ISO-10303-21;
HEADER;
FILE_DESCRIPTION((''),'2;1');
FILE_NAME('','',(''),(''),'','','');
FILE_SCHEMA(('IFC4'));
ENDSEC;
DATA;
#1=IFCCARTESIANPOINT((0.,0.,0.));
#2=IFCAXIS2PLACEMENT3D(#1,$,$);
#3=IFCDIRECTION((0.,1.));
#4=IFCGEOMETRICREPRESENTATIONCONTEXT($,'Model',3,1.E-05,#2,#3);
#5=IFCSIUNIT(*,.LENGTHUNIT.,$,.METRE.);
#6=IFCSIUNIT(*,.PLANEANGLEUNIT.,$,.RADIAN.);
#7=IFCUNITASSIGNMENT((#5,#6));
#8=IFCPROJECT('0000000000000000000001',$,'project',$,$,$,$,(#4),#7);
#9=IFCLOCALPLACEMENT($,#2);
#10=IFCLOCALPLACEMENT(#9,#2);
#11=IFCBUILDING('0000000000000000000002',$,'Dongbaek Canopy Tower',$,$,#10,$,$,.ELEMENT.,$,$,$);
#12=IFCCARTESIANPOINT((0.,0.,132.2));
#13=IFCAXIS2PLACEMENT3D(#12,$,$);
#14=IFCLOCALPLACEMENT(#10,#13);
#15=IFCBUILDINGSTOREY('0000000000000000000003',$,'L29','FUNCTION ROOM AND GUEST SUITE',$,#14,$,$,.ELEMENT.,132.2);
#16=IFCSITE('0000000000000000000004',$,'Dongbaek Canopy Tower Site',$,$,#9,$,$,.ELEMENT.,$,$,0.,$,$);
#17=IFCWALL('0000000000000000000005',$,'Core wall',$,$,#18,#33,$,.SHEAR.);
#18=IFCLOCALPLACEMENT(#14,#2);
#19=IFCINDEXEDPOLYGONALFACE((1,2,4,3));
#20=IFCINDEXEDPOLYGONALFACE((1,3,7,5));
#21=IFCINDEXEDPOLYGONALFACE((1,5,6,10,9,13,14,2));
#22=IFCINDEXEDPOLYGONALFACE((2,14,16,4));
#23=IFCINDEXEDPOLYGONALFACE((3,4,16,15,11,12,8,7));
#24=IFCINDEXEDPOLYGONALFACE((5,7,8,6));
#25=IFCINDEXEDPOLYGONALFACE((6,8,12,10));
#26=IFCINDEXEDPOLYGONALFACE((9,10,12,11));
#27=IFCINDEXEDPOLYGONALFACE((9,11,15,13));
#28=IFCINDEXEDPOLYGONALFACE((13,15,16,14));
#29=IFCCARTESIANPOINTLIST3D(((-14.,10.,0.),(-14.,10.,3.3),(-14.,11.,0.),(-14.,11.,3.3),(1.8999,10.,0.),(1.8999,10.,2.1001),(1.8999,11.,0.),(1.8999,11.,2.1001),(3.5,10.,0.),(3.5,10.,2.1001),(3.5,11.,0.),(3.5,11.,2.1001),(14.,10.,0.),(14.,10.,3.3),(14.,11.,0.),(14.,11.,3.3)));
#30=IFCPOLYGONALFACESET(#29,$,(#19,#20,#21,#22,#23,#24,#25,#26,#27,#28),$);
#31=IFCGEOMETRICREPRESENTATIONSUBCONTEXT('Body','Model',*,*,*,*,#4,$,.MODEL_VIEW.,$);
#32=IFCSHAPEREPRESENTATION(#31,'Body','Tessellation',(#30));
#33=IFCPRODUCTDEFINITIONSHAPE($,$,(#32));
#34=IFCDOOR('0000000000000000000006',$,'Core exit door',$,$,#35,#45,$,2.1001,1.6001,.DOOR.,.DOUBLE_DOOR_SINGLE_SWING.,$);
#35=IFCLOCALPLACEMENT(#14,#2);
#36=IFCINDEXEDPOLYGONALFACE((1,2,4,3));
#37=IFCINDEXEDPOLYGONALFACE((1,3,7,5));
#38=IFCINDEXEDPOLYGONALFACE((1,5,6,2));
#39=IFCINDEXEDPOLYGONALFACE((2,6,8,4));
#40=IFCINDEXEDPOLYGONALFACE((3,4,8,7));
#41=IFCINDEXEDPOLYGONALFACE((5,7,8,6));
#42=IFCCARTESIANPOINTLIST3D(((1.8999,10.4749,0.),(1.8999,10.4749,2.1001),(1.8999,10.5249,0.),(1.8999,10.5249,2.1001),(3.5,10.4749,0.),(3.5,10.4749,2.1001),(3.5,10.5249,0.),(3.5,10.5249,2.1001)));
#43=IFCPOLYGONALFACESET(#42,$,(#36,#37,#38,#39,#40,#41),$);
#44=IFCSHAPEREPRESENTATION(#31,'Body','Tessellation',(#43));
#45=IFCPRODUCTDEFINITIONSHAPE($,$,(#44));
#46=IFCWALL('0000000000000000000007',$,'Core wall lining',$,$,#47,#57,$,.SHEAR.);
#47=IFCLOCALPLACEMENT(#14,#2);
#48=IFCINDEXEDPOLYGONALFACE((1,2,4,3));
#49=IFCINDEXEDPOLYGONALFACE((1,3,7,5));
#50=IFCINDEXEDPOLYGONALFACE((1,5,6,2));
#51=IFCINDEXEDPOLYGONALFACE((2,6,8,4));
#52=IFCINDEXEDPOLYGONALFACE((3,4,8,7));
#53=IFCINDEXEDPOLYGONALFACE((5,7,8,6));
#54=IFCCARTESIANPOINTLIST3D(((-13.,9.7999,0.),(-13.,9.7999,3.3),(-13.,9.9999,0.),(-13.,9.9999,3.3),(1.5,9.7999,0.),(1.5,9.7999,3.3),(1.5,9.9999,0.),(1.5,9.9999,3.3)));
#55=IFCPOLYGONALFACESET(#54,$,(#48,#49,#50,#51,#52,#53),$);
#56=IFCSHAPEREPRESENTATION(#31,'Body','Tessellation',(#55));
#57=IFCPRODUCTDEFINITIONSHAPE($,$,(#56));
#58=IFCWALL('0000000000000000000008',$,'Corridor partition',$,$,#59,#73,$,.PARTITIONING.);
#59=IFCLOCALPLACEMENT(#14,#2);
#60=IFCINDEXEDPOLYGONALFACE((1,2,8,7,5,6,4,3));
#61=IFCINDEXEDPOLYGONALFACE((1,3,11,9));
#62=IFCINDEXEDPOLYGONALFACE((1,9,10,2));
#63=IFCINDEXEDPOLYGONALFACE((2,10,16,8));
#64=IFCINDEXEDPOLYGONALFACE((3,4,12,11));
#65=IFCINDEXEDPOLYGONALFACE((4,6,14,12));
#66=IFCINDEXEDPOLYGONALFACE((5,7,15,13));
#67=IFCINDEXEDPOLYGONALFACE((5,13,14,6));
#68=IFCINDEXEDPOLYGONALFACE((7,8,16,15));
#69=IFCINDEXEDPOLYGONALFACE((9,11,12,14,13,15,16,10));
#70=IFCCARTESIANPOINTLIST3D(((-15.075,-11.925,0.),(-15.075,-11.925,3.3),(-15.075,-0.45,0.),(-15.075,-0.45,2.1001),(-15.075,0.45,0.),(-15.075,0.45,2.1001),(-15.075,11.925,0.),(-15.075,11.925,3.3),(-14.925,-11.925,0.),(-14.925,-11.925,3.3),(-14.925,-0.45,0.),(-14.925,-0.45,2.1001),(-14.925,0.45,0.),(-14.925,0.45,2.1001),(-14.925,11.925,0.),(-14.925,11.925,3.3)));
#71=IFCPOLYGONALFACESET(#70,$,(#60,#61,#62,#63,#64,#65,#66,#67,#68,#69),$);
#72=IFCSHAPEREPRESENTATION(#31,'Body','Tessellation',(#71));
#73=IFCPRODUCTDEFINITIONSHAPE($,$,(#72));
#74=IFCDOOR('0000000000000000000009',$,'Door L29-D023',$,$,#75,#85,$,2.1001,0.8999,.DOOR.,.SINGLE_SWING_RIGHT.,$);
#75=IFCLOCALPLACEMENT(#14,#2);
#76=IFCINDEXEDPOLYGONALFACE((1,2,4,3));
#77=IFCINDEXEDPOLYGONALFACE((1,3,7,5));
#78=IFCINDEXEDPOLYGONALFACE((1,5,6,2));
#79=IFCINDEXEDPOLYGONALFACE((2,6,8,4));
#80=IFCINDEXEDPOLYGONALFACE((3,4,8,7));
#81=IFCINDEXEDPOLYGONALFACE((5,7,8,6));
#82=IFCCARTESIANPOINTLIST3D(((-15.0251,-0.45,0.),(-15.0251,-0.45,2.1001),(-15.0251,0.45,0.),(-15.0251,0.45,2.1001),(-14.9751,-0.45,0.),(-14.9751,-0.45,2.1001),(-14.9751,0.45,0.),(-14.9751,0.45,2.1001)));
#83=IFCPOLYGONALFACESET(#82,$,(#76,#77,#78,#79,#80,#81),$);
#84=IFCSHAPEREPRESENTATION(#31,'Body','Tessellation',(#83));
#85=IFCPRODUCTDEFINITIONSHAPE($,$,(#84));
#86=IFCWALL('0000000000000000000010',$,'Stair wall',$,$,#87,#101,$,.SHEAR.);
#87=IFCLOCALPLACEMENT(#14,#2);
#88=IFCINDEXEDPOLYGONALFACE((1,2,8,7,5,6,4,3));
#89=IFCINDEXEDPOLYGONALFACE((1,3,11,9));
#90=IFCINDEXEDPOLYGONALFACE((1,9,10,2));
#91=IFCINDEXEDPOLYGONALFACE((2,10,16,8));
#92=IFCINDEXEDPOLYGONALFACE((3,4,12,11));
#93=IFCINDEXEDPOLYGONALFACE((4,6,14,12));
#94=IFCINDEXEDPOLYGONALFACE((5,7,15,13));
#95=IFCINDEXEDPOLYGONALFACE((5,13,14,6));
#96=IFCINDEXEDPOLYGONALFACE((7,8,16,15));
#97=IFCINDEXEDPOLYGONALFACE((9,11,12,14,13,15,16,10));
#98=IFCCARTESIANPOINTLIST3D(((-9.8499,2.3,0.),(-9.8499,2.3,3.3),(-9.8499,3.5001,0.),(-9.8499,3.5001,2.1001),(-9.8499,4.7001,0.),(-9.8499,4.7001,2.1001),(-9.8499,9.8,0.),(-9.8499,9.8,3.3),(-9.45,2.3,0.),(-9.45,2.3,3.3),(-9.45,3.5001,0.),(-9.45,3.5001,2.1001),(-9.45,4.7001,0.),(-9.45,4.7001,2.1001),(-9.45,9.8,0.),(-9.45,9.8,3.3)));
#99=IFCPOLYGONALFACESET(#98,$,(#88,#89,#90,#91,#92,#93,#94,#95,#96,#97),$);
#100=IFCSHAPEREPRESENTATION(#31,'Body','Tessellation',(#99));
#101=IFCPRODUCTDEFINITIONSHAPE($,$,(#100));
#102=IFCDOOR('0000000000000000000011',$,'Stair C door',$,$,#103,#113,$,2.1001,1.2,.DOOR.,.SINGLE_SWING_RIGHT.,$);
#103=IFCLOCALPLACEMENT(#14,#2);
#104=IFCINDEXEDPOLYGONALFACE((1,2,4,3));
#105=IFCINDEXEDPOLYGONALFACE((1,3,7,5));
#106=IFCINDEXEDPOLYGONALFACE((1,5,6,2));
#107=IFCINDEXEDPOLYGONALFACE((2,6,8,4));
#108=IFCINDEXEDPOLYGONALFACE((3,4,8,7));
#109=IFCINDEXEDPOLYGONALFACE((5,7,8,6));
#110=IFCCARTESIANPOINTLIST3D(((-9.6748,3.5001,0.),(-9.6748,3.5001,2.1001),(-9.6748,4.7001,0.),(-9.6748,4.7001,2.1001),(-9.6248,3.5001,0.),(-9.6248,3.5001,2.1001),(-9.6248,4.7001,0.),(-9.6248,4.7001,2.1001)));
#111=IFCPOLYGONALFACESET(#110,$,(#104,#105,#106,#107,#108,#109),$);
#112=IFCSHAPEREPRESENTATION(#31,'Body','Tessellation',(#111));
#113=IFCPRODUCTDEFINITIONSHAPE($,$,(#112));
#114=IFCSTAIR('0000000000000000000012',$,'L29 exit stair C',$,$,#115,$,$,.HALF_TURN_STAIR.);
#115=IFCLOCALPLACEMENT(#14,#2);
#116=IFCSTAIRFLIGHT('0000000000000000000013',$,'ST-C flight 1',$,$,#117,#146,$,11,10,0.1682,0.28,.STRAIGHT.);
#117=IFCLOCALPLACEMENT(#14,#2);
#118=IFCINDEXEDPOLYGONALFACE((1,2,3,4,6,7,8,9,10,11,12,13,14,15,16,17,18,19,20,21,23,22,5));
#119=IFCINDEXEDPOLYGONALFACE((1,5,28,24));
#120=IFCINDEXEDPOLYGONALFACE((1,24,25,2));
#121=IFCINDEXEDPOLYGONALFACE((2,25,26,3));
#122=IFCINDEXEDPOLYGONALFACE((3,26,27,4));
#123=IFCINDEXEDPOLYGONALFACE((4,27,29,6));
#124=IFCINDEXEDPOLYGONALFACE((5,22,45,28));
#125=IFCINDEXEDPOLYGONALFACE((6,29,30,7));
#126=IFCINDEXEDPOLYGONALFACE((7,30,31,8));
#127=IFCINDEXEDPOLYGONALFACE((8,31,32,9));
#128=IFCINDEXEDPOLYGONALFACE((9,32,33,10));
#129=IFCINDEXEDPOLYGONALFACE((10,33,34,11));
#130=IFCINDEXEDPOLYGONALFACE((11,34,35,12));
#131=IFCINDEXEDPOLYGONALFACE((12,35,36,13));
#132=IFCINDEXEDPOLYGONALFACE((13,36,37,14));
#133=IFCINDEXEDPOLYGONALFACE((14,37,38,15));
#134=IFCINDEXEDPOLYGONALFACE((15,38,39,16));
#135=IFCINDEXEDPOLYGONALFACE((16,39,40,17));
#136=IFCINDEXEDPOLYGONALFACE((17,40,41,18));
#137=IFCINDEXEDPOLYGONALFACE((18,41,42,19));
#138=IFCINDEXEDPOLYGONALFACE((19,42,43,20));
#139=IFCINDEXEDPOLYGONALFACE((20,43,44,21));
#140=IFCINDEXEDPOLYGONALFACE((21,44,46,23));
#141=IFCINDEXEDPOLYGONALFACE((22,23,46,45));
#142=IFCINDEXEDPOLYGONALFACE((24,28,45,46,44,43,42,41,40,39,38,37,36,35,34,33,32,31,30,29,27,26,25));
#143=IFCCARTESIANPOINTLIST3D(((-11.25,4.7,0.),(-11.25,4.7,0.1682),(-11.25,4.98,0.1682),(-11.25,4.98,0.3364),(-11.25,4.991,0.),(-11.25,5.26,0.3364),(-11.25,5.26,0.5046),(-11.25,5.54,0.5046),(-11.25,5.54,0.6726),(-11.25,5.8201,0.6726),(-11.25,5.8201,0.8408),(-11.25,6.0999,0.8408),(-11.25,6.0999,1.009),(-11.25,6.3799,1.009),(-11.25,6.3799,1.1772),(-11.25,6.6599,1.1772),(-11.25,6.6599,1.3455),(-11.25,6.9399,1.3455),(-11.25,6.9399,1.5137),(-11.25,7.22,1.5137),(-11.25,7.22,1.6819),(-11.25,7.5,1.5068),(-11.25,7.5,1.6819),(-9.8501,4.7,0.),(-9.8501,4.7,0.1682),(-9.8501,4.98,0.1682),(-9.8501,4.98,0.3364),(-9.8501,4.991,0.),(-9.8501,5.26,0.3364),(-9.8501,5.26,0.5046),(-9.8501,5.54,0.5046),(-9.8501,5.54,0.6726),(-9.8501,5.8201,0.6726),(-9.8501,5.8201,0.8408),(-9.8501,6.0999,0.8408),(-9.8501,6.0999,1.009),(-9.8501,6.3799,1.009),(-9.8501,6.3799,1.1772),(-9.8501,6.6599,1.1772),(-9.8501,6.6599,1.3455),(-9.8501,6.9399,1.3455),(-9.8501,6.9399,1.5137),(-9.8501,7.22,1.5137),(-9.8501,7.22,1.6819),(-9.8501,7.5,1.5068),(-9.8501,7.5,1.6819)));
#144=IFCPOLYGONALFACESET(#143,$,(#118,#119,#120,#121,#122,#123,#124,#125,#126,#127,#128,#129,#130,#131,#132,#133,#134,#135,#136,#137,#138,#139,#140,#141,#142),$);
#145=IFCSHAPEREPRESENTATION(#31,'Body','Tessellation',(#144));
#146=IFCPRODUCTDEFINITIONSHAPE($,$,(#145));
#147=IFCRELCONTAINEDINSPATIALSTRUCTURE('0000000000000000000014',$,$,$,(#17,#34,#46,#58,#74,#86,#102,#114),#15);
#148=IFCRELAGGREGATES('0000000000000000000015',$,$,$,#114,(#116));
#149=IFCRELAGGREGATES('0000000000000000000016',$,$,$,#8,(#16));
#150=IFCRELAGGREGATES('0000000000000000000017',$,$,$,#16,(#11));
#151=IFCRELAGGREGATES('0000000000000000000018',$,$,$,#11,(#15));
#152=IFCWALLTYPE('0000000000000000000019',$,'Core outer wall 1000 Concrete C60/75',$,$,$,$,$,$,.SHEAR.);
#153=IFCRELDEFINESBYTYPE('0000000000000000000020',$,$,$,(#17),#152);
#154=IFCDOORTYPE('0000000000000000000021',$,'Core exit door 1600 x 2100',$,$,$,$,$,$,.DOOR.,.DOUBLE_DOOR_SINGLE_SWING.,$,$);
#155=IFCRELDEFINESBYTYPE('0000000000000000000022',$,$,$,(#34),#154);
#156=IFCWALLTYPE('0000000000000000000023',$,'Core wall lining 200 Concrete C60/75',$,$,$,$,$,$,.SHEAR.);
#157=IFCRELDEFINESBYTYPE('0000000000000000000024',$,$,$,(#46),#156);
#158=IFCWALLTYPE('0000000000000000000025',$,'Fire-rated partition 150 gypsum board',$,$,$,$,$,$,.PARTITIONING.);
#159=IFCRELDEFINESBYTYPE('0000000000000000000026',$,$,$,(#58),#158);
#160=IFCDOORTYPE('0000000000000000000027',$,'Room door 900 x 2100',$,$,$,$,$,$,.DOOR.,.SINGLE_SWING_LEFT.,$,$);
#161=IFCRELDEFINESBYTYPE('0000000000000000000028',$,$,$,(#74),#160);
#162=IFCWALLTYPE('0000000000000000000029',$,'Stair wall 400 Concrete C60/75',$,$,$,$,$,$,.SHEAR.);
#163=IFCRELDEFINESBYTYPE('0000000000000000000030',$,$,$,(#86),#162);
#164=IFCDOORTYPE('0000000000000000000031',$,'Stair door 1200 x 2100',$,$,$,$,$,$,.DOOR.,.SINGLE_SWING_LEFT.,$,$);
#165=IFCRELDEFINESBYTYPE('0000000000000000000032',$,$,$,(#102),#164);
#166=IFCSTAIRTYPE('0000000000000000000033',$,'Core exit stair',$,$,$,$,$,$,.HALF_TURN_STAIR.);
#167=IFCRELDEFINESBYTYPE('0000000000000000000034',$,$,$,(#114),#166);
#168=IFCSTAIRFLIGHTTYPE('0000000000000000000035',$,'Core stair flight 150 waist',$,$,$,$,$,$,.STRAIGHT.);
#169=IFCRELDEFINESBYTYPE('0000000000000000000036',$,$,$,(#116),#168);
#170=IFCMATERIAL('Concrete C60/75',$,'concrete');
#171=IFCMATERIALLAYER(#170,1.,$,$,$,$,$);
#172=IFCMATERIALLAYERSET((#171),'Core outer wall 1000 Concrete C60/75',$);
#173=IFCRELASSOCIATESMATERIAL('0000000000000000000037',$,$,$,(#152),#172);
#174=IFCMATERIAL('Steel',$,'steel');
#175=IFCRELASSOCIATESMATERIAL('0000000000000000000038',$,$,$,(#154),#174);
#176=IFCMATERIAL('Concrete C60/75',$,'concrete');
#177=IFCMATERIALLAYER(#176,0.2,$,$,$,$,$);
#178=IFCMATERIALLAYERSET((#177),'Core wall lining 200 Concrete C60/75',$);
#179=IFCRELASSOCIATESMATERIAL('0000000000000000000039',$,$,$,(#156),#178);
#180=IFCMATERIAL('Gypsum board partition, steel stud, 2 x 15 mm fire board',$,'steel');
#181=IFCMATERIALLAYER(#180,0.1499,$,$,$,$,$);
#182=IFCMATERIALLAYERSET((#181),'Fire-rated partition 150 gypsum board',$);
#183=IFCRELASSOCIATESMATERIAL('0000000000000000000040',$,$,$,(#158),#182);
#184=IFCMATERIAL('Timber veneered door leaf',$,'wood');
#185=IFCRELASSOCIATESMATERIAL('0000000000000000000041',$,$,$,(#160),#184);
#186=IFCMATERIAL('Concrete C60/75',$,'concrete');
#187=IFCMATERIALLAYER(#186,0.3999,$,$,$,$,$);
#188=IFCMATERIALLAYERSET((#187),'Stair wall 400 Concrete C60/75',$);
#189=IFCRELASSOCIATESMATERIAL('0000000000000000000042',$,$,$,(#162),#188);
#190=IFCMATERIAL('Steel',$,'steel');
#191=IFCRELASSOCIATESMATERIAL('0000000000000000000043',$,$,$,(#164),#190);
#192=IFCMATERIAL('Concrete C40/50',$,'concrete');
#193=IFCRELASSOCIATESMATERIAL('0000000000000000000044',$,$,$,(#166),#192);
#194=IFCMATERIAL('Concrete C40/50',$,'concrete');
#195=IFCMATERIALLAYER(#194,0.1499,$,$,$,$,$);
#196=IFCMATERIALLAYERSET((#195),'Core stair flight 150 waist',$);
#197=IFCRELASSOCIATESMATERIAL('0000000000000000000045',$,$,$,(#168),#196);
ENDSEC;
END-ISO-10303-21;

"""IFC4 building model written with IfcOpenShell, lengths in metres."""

from ifc_helpers import new_model, si_unit, direction, frame, frame_2d, origin, place, context, subcontext, project, spatial, polyline, rectangle, outline, extrude, material, layer, layer_set, type_object, element, fill, aggregate, save


model = new_model("IFC4")

# Units and contexts
model_context = context("Model", 3, precision=1e-05, world=origin(), true_north=direction((0.0, 1.0)))
body_context = subcontext(model_context, "Body", "Model", "MODEL_VIEW")
ifc_project = project(units=[si_unit("LENGTHUNIT", "METRE"), si_unit("PLANEANGLEUNIT", "RADIAN")], contexts=[model_context])

# Site, building, storey
site_placement = place(None, origin())
site = spatial("IfcSite", under=ifc_project, at=site_placement, Name="Dongbaek Canopy Tower Site", CompositionType="ELEMENT", RefElevation=0.0)
building_placement = place(site_placement, origin())
building = spatial("IfcBuilding", under=site, at=building_placement, Name="Dongbaek Canopy Tower", CompositionType="ELEMENT")
storey_placement = place(building_placement, frame((0.0, 0.0, 132.2)))
storey = spatial("IfcBuildingStorey", under=building, at=storey_placement, Name="L29", Description="FUNCTION ROOM AND GUEST SUITE", CompositionType="ELEMENT", Elevation=132.2)

# Wall, opening, door
ifc_material_1 = material(Name="Concrete C60/75", Category="concrete")
ifc_layer_1 = layer(ifc_material_1, 1.0)
ifc_layer_set_1 = layer_set([ifc_layer_1], Name="Core outer wall 1000 Concrete C60/75")
wall_type_1 = type_object("IfcWallType", Name="Core outer wall 1000 Concrete C60/75", PredefinedType="SHEAR", material=ifc_layer_set_1)
wall_1_placement = place(storey_placement, frame((-14.0, 10.5, 0.0), z_axis=(0.0, 0.0, 1.0), x_axis=(1.0, 0.0, 0.0)))
wall_1 = element("IfcWall", 1, at=wall_1_placement, inside=storey, type_object=wall_type_1, Name="Core wall", PredefinedType="SHEAR", context=body_context, shape_type="SweptSolid", body=[
    extrude(rectangle(XDim=28.0, YDim=1.0, at=frame_2d((14.0, 0.0))), origin(), (0.0, 0.0, 1.0), 3.3),
])
opening_1_placement = place(wall_1_placement, frame((15.8999, 0.0, 0.0)))
opening_1 = element("IfcOpeningElement", 2, at=opening_1_placement, cuts=wall_1, PredefinedType="OPENING", context=body_context, shape_type="SweptSolid", body=[
    extrude(rectangle(XDim=1.6001, YDim=2.1001, at=frame_2d((0.8, 1.05))), frame((0.0, 0.51, 0.0), z_axis=(0.0, -1.0, 0.0), x_axis=(1.0, 0.0, 0.0)), (0.0, 0.0, 1.0), 1.02),
])
ifc_material_2 = material(Name="Steel", Category="steel")
door_type_1 = type_object("IfcDoorType", Name="Core exit door 1600 x 2100", OperationType="DOUBLE_DOOR_SINGLE_SWING", PredefinedType="DOOR", material=ifc_material_2)
door_1_placement = place(opening_1_placement, origin())
door_1 = element("IfcDoor", 3, at=door_1_placement, inside=storey, type_object=door_type_1, Name="Core exit door", OperationType="DOUBLE_DOOR_SINGLE_SWING", OverallHeight=2.1001, OverallWidth=1.6001, PredefinedType="DOOR", context=body_context, shape_type="SweptSolid", body=[
    extrude(rectangle(XDim=1.6001, YDim=2.1001, at=frame_2d((0.8, 1.05))), frame((0.0, 0.0249, 0.0), z_axis=(0.0, -1.0, 0.0), x_axis=(1.0, 0.0, 0.0)), (0.0, 0.0, 1.0), 0.05),
])
fill(opening_1, door_1)

# Wall
ifc_material_3 = material(Name="Concrete C60/75", Category="concrete")
ifc_layer_2 = layer(ifc_material_3, 0.2)
ifc_layer_set_2 = layer_set([ifc_layer_2], Name="Core wall lining 200 Concrete C60/75")
wall_type_2 = type_object("IfcWallType", Name="Core wall lining 200 Concrete C60/75", PredefinedType="SHEAR", material=ifc_layer_set_2)
wall_2_placement = place(storey_placement, frame((-13.0, 9.8999, 0.0), z_axis=(0.0, 0.0, 1.0), x_axis=(1.0, 0.0, 0.0)))
element("IfcWall", 4, at=wall_2_placement, inside=storey, type_object=wall_type_2, Name="Core wall lining", PredefinedType="SHEAR", context=body_context, shape_type="SweptSolid", body=[
    extrude(rectangle(XDim=14.5, YDim=0.2, at=frame_2d((7.25, 0.0))), origin(), (0.0, 0.0, 1.0), 3.3),
])

# Walls, openings, doors
ifc_material_4 = material(Name="Gypsum board partition, steel stud, 2 x 15 mm fire board", Category="steel")
ifc_layer_3 = layer(ifc_material_4, 0.1499)
ifc_layer_set_3 = layer_set([ifc_layer_3], Name="Fire-rated partition 150 gypsum board")
wall_type_3 = type_object("IfcWallType", Name="Fire-rated partition 150 gypsum board", PredefinedType="PARTITIONING", material=ifc_layer_set_3)
wall_3_placement = place(storey_placement, frame((-15.0, 11.925, 0.0), z_axis=(0.0, 0.0, 1.0), x_axis=(0.0, -1.0, 0.0)))
wall_3 = element("IfcWall", 5, at=wall_3_placement, inside=storey, type_object=wall_type_3, Name="Corridor partition", PredefinedType="PARTITIONING", context=body_context, shape_type="SweptSolid", body=[
    extrude(rectangle(XDim=23.8501, YDim=0.1499, at=frame_2d((11.925, 0.0))), origin(), (0.0, 0.0, 1.0), 3.3),
])
opening_2_placement = place(wall_3_placement, frame((11.4751, 0.0, 0.0)))
opening_2 = element("IfcOpeningElement", 6, at=opening_2_placement, cuts=wall_3, PredefinedType="OPENING", context=body_context, shape_type="SweptSolid", body=[
    extrude(rectangle(XDim=0.8999, YDim=2.1001, at=frame_2d((0.45, 1.05))), frame((0.0, 0.085, 0.0), z_axis=(0.0, -1.0, 0.0), x_axis=(1.0, 0.0, 0.0)), (0.0, 0.0, 1.0), 0.1699),
])
ifc_material_5 = material(Name="Timber veneered door leaf", Category="wood")
door_type_2 = type_object("IfcDoorType", Name="Room door 900 x 2100", OperationType="SINGLE_SWING_LEFT", PredefinedType="DOOR", material=ifc_material_5)
door_2_placement = place(opening_2_placement, origin())
door_2 = element("IfcDoor", 7, at=door_2_placement, inside=storey, type_object=door_type_2, Name="Door L29-D023", OperationType="SINGLE_SWING_RIGHT", OverallHeight=2.1001, OverallWidth=0.8999, PredefinedType="DOOR", context=body_context, shape_type="SweptSolid", body=[
    extrude(rectangle(XDim=0.8999, YDim=2.1001, at=frame_2d((0.45, 1.05))), frame((0.0, 0.0249, 0.0), z_axis=(0.0, -1.0, 0.0), x_axis=(1.0, 0.0, 0.0)), (0.0, 0.0, 1.0), 0.05),
])
fill(opening_2, door_2)
ifc_material_6 = material(Name="Concrete C60/75", Category="concrete")
ifc_layer_4 = layer(ifc_material_6, 0.3999)
ifc_layer_set_4 = layer_set([ifc_layer_4], Name="Stair wall 400 Concrete C60/75")
wall_type_4 = type_object("IfcWallType", Name="Stair wall 400 Concrete C60/75", PredefinedType="SHEAR", material=ifc_layer_set_4)
wall_4_placement = place(storey_placement, frame((-9.6499, 2.3, 0.0), z_axis=(0.0, 0.0, 1.0), x_axis=(0.0, 1.0, 0.0)))
wall_4 = element("IfcWall", 8, at=wall_4_placement, inside=storey, type_object=wall_type_4, Name="Stair wall", PredefinedType="SHEAR", context=body_context, shape_type="SweptSolid", body=[
    extrude(rectangle(XDim=7.5, YDim=0.3999, at=frame_2d((3.75, 0.0))), origin(), (0.0, 0.0, 1.0), 3.3),
])
opening_3_placement = place(wall_4_placement, frame((1.2, 0.0, 0.0)))
opening_3 = element("IfcOpeningElement", 9, at=opening_3_placement, cuts=wall_4, PredefinedType="OPENING", context=body_context, shape_type="SweptSolid", body=[
    extrude(rectangle(XDim=1.2, YDim=2.1001, at=frame_2d((0.6001, 1.05))), frame((0.0, 0.21, 0.0), z_axis=(0.0, -1.0, 0.0), x_axis=(1.0, 0.0, 0.0)), (0.0, 0.0, 1.0), 0.4199),
])
ifc_material_7 = material(Name="Steel", Category="steel")
door_type_3 = type_object("IfcDoorType", Name="Stair door 1200 x 2100", OperationType="SINGLE_SWING_LEFT", PredefinedType="DOOR", material=ifc_material_7)
door_3_placement = place(opening_3_placement, origin())
door_3 = element("IfcDoor", 10, at=door_3_placement, inside=storey, type_object=door_type_3, Name="Stair C door", OperationType="SINGLE_SWING_RIGHT", OverallHeight=2.1001, OverallWidth=1.2, PredefinedType="DOOR", context=body_context, shape_type="SweptSolid", body=[
    extrude(rectangle(XDim=1.2, YDim=2.1001, at=frame_2d((0.6001, 1.05))), frame((0.0, 0.0249, 0.0), z_axis=(0.0, -1.0, 0.0), x_axis=(1.0, 0.0, 0.0)), (0.0, 0.0, 1.0), 0.05),
])
fill(opening_3, door_3)

# Stair, stair flight
ifc_material_8 = material(Name="Concrete C40/50", Category="concrete")
stair_type = type_object("IfcStairType", Name="Core exit stair", PredefinedType="HALF_TURN_STAIR", material=ifc_material_8)
stair_placement = place(storey_placement, origin())
stair = element("IfcStair", 11, at=stair_placement, inside=storey, type_object=stair_type, Name="L29 exit stair C", PredefinedType="HALF_TURN_STAIR")
ifc_material_9 = material(Name="Concrete C40/50", Category="concrete")
ifc_layer_5 = layer(ifc_material_9, 0.1499)
ifc_layer_set_5 = layer_set([ifc_layer_5], Name="Core stair flight 150 waist")
stair_flight_type = type_object("IfcStairFlightType", Name="Core stair flight 150 waist", PredefinedType="STRAIGHT", material=ifc_layer_set_5)
stair_flight_1_placement = place(storey_placement, frame((-10.55, 4.7, 0.0), z_axis=(0.0, 0.0, 1.0), x_axis=(0.0, 1.0, 0.0)))
stair_flight_1 = element("IfcStairFlight", 12, at=stair_flight_1_placement, type_object=stair_flight_type, Name="ST-C flight 1", NumberOfRisers=11, NumberOfTreads=10, PredefinedType="STRAIGHT", RiserHeight=0.1682, TreadLength=0.28, context=body_context, shape_type="SweptSolid", body=[
    extrude(outline(polyline([(0.0, 0.0), (0.0, 0.1682), (0.28, 0.1682), (0.28, 0.3364), (0.5601, 0.3364), (0.5601, 0.5046), (0.8401, 0.5046), (0.8401, 0.6726), (1.1201, 0.6726), (1.1201, 0.8408), (1.3999, 0.8408), (1.3999, 1.009), (1.6799, 1.009), (1.6799, 1.1772), (1.96, 1.1772), (1.96, 1.3455), (2.24, 1.3455), (2.24, 1.5137), (2.52, 1.5137), (2.52, 1.6819), (2.8, 1.6819), (2.8, 1.8501), (2.8, 1.5068), (0.291, 0.0), (0.0, 0.0)])), frame((0.0, 0.7, 0.0), z_axis=(0.0, -1.0, 0.0), x_axis=(1.0, 0.0, 0.0)), (0.0, 0.0, 1.0), 1.3999),
])
aggregate(stair, [stair_flight_1])

save(model, "model.ifc")
